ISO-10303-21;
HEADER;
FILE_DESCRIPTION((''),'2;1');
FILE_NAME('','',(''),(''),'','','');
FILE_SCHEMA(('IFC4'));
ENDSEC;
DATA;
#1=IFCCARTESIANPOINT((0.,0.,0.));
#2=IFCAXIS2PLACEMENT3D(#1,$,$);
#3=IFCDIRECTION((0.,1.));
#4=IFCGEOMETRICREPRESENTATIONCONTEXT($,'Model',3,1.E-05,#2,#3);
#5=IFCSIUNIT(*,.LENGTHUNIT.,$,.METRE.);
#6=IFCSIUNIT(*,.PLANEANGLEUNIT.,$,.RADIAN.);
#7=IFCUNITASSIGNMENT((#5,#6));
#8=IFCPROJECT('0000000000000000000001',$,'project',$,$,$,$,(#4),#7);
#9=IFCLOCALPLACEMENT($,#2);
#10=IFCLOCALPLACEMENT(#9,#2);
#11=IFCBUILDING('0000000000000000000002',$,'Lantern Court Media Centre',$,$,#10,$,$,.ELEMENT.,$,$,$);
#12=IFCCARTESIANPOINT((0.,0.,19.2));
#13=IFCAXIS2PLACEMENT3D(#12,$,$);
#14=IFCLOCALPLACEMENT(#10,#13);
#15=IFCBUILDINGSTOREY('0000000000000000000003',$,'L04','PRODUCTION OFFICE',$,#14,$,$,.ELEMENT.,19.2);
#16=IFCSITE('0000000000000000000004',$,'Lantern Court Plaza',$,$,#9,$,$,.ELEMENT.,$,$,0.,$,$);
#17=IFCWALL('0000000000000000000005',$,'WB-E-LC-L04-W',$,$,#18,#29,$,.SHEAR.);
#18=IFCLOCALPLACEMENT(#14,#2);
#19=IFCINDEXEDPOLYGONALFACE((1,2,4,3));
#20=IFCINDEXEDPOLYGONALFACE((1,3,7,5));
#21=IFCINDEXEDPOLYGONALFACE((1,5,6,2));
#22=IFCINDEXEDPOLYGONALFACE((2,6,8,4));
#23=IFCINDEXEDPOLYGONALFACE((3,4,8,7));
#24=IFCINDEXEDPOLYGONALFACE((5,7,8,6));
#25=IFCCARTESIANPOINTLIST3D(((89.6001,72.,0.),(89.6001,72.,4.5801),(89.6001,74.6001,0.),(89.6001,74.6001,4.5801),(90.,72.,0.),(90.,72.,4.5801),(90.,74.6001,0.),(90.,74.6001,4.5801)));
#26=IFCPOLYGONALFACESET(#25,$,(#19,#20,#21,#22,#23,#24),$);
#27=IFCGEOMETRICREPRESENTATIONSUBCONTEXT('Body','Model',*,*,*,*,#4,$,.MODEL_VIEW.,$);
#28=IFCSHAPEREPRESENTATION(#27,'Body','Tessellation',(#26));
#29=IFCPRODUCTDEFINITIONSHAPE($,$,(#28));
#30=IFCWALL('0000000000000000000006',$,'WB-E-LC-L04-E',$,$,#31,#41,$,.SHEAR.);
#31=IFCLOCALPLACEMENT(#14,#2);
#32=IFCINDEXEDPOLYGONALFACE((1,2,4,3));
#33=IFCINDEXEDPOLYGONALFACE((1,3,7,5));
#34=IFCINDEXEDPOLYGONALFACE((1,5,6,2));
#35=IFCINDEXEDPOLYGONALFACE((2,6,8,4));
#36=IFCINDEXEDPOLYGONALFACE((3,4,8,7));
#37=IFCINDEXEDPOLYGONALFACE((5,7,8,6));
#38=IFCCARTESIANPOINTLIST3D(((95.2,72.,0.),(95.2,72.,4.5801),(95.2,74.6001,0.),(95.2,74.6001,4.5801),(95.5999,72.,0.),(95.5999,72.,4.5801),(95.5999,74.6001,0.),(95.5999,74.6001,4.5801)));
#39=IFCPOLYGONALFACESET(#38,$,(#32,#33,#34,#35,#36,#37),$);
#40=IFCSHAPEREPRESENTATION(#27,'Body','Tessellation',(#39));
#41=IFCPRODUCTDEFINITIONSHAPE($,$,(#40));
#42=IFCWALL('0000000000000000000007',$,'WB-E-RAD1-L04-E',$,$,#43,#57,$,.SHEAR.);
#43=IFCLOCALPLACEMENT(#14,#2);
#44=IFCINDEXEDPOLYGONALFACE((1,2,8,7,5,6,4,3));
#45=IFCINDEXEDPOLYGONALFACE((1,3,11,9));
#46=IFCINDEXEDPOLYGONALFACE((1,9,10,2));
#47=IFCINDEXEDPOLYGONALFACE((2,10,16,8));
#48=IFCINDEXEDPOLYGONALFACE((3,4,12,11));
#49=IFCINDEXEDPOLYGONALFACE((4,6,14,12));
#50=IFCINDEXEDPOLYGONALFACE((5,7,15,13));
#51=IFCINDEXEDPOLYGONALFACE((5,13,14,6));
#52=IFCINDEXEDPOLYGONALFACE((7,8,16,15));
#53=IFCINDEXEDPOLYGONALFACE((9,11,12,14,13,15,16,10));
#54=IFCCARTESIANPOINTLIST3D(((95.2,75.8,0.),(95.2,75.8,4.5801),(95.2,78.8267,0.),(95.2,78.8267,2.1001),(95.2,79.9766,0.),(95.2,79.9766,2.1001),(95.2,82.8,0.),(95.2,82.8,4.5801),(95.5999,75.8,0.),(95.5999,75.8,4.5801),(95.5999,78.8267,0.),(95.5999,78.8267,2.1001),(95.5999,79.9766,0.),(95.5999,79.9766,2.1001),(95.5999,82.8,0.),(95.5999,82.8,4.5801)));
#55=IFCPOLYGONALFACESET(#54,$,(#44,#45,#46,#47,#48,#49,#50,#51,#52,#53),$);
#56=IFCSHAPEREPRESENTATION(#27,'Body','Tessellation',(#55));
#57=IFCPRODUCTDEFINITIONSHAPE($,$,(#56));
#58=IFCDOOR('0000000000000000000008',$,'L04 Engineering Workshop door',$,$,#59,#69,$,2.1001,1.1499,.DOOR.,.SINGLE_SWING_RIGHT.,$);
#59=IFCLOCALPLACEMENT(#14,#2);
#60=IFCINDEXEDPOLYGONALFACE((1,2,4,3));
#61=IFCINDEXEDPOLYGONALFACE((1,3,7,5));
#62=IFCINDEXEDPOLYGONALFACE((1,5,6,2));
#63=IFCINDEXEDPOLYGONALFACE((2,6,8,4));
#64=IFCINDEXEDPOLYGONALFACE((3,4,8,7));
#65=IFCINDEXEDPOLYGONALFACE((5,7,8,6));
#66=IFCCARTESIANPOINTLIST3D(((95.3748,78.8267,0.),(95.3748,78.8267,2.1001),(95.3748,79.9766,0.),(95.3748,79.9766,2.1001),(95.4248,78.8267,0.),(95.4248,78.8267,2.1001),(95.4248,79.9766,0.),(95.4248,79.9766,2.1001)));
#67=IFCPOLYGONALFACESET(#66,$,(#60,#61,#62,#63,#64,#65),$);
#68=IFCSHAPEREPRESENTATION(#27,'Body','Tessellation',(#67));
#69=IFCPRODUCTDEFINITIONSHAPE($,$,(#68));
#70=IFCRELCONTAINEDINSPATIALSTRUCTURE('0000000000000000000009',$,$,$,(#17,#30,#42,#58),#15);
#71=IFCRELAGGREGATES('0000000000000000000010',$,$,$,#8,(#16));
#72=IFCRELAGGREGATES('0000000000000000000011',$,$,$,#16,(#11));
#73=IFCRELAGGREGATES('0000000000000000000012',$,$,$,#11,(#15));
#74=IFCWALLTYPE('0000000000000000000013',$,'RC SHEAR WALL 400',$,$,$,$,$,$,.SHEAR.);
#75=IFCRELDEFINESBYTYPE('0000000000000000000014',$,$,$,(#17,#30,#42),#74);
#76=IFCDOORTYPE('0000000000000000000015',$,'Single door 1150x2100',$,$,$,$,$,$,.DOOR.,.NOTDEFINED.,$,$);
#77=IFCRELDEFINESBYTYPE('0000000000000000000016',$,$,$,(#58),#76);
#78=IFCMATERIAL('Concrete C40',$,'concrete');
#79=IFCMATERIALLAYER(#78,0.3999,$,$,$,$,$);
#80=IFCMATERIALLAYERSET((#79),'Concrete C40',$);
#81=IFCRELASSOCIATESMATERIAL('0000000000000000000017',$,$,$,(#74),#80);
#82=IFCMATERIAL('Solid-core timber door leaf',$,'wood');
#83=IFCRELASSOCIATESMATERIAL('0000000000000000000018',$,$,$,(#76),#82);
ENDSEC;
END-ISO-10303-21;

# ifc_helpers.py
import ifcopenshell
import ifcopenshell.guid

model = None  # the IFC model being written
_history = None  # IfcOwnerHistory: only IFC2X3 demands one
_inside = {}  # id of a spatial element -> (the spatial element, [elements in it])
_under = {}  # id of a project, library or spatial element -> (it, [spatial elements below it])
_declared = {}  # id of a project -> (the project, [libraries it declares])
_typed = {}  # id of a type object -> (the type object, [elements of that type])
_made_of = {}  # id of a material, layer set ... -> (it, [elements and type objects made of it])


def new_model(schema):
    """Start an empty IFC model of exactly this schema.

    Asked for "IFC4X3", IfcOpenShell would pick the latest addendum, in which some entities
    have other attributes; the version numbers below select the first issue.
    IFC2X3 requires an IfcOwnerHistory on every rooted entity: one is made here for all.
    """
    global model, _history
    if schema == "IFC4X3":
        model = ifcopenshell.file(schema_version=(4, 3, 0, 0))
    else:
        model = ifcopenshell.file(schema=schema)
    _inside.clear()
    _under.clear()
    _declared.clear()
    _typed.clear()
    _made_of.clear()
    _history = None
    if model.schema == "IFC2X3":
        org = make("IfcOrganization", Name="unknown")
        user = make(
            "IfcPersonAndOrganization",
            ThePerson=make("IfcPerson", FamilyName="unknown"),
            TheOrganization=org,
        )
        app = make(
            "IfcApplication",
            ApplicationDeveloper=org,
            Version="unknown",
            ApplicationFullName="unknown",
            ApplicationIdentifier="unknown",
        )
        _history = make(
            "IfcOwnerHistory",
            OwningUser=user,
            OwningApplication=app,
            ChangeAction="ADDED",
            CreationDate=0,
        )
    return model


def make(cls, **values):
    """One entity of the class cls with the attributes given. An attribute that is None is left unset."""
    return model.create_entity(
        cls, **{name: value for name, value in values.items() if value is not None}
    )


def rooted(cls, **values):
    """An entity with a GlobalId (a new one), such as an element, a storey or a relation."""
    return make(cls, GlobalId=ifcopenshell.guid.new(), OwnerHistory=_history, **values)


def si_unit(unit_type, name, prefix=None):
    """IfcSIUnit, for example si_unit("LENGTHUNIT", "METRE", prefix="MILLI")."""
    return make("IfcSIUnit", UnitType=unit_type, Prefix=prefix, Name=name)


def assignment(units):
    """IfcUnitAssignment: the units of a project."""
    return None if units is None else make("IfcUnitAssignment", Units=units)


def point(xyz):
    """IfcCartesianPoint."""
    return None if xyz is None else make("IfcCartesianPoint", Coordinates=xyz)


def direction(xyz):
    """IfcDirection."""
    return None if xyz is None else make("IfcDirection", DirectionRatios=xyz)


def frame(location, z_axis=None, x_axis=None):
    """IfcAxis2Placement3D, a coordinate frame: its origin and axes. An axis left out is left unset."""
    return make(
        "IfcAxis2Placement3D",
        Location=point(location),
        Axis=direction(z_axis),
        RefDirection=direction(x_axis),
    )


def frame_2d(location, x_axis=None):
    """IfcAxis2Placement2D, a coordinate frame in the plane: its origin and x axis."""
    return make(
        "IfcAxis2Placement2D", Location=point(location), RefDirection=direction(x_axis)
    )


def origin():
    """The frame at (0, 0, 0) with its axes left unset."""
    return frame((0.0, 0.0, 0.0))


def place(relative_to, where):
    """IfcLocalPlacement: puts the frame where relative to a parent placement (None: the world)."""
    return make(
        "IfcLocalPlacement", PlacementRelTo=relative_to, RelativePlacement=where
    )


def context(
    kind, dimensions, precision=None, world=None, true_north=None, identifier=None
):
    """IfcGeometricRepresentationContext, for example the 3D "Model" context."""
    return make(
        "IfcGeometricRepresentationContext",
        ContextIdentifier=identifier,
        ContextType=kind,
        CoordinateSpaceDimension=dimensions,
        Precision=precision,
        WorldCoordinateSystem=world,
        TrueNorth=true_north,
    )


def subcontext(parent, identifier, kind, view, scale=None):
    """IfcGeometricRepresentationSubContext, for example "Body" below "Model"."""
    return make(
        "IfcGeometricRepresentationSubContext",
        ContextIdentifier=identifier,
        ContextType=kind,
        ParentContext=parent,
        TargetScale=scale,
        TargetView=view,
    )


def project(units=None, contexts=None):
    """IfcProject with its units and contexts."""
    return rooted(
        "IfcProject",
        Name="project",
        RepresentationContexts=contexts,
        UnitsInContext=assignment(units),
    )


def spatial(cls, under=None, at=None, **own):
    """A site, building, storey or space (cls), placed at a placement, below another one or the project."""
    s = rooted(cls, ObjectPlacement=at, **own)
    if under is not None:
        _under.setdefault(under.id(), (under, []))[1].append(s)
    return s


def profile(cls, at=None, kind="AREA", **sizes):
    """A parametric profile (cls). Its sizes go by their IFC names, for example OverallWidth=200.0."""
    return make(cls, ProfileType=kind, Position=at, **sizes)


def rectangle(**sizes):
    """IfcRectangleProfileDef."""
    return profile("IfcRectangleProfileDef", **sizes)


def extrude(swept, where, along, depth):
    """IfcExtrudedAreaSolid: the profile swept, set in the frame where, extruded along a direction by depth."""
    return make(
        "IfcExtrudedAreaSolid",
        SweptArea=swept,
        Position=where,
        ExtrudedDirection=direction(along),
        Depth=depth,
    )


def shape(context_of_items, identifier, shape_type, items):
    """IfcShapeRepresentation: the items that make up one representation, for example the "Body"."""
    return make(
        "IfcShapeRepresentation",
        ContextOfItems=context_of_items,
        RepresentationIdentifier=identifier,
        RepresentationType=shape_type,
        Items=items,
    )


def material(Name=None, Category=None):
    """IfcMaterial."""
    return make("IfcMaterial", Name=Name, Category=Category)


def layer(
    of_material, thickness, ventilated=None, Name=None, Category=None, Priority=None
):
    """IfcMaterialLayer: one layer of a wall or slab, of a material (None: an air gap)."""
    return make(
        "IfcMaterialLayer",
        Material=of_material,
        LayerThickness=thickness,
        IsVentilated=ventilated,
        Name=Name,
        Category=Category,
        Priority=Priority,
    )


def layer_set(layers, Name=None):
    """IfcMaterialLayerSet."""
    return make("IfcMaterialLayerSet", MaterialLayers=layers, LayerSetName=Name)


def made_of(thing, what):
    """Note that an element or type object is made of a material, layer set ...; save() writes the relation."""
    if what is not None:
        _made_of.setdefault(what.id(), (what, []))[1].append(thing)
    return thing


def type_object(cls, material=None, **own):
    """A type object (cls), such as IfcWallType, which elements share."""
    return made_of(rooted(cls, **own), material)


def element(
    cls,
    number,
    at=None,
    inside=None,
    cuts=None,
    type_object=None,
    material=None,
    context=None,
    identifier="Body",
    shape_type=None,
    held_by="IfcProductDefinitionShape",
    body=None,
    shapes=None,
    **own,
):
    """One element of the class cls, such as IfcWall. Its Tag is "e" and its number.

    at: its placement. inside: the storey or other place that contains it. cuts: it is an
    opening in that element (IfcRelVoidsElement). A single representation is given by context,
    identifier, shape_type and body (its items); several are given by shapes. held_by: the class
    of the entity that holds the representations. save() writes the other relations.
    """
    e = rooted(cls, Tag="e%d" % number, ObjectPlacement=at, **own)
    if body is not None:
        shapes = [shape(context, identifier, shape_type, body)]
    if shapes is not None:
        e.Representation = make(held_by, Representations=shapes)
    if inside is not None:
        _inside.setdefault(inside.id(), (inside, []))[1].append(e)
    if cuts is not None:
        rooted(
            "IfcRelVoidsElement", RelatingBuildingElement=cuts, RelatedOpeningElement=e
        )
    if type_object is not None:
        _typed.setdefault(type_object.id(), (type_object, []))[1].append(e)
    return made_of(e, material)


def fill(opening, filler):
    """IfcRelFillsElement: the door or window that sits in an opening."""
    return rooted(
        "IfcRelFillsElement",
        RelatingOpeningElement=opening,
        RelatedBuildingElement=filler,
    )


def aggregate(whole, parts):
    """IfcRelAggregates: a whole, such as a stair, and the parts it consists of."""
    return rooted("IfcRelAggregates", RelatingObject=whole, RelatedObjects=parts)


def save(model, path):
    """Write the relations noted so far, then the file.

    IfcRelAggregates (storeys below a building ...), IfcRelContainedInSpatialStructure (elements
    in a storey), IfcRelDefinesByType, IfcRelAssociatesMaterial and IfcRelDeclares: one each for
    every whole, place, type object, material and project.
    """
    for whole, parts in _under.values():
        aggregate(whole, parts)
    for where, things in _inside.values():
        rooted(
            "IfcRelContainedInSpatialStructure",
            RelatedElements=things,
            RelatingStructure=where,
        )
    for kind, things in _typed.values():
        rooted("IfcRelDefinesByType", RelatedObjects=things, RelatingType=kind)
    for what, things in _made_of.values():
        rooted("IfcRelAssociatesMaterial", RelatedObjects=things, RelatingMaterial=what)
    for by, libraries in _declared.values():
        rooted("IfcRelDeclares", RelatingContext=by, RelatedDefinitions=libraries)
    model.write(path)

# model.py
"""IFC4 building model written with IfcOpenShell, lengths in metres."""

from ifc_helpers import new_model, si_unit, direction, frame, frame_2d, origin, place, context, subcontext, project, spatial, rectangle, extrude, material, layer, layer_set, type_object, element, fill, save


model = new_model("IFC4")

# Units and contexts
model_context = context("Model", 3, precision=1e-05, world=origin(), true_north=direction((0.0, 1.0)))
body_context = subcontext(model_context, "Body", "Model", "MODEL_VIEW")
ifc_project = project(units=[si_unit("LENGTHUNIT", "METRE"), si_unit("PLANEANGLEUNIT", "RADIAN")], contexts=[model_context])

# Site, building, storey
site_placement = place(None, origin())
site = spatial("IfcSite", under=ifc_project, at=site_placement, Name="Lantern Court Plaza", CompositionType="ELEMENT", RefElevation=0.0)
building_placement = place(site_placement, origin())
building = spatial("IfcBuilding", under=site, at=building_placement, Name="Lantern Court Media Centre", CompositionType="ELEMENT")
storey_placement = place(building_placement, frame((0.0, 0.0, 19.2)))
storey = spatial("IfcBuildingStorey", under=building, at=storey_placement, Name="L04", Description="PRODUCTION OFFICE", CompositionType="ELEMENT", Elevation=19.2)

# Shared definitions
ifc_material_1 = material(Name="Concrete C40", Category="concrete")

# Shared definitions
ifc_layer_1 = layer(ifc_material_1, 0.3999)
ifc_layer_set_1 = layer_set([ifc_layer_1], Name="Concrete C40")
wall_type_1 = type_object("IfcWallType", Name="RC SHEAR WALL 400", PredefinedType="SHEAR", material=ifc_layer_set_1)

# Walls
for number, where, z_axis, x_axis, name in (
    (1, (89.8, 72.0, 0.0), (0.0, 0.0, 1.0), (0.0, 1.0, 0.0), "WB-E-LC-L04-W"),
    (2, (95.3999, 72.0, 0.0), (0.0, 0.0, 1.0), (0.0, 1.0, 0.0), "WB-E-LC-L04-E"),
):
    element("IfcWall", number, at=place(storey_placement, frame(where, z_axis=z_axis, x_axis=x_axis)), inside=storey, type_object=wall_type_1, Name=name, PredefinedType="SHEAR", context=body_context, shape_type="SweptSolid", body=[
        extrude(rectangle(XDim=2.6001, YDim=0.3999, at=frame_2d((1.3, 0.0))), origin(), (0.0, 0.0, 1.0), 4.5801),
    ])

# Wall, opening, door
wall_1_placement = place(storey_placement, frame((95.3999, 75.8, 0.0), z_axis=(0.0, 0.0, 1.0), x_axis=(0.0, 1.0, 0.0)))
wall_1 = element("IfcWall", 3, at=wall_1_placement, inside=storey, type_object=wall_type_1, Name="WB-E-RAD1-L04-E", PredefinedType="SHEAR", context=body_context, shape_type="SweptSolid", body=[
    extrude(rectangle(XDim=7.0, YDim=0.3999, at=frame_2d((3.5, 0.0))), origin(), (0.0, 0.0, 1.0), 4.5801),
])
opening_1_placement = place(wall_1_placement, frame((3.0266, 0.0, 0.0)))
opening_1 = element("IfcOpeningElement", 4, at=opening_1_placement, cuts=wall_1, PredefinedType="OPENING", context=body_context, shape_type="SweptSolid", body=[
    extrude(rectangle(XDim=1.1499, YDim=2.1001, at=frame_2d((0.575, 1.05))), frame((0.0, 0.21, 0.0), z_axis=(0.0, -1.0, 0.0), x_axis=(1.0, 0.0, 0.0)), (0.0, 0.0, 1.0), 0.4199),
])
ifc_material_2 = material(Name="Solid-core timber door leaf", Category="wood")
door_type_1 = type_object("IfcDoorType", Name="Single door 1150x2100", OperationType="NOTDEFINED", PredefinedType="DOOR", material=ifc_material_2)
door_1_placement = place(opening_1_placement, frame((1.1499, 0.0, 0.0), z_axis=(0.0, 0.0, 1.0), x_axis=(-1.0, 0.0, 0.0)))
door_1 = element("IfcDoor", 5, at=door_1_placement, inside=storey, type_object=door_type_1, Name="L04 Engineering Workshop door", OperationType="SINGLE_SWING_RIGHT", OverallHeight=2.1001, OverallWidth=1.1499, PredefinedType="DOOR", context=body_context, shape_type="SweptSolid", body=[
    extrude(rectangle(XDim=1.1499, YDim=2.1001, at=frame_2d((0.575, 1.05))), frame((0.0, 0.0249, 0.0), z_axis=(0.0, -1.0, 0.0), x_axis=(1.0, 0.0, 0.0)), (0.0, 0.0, 1.0), 0.05),
])
fill(opening_1, door_1)

save(model, "model.ifc")
